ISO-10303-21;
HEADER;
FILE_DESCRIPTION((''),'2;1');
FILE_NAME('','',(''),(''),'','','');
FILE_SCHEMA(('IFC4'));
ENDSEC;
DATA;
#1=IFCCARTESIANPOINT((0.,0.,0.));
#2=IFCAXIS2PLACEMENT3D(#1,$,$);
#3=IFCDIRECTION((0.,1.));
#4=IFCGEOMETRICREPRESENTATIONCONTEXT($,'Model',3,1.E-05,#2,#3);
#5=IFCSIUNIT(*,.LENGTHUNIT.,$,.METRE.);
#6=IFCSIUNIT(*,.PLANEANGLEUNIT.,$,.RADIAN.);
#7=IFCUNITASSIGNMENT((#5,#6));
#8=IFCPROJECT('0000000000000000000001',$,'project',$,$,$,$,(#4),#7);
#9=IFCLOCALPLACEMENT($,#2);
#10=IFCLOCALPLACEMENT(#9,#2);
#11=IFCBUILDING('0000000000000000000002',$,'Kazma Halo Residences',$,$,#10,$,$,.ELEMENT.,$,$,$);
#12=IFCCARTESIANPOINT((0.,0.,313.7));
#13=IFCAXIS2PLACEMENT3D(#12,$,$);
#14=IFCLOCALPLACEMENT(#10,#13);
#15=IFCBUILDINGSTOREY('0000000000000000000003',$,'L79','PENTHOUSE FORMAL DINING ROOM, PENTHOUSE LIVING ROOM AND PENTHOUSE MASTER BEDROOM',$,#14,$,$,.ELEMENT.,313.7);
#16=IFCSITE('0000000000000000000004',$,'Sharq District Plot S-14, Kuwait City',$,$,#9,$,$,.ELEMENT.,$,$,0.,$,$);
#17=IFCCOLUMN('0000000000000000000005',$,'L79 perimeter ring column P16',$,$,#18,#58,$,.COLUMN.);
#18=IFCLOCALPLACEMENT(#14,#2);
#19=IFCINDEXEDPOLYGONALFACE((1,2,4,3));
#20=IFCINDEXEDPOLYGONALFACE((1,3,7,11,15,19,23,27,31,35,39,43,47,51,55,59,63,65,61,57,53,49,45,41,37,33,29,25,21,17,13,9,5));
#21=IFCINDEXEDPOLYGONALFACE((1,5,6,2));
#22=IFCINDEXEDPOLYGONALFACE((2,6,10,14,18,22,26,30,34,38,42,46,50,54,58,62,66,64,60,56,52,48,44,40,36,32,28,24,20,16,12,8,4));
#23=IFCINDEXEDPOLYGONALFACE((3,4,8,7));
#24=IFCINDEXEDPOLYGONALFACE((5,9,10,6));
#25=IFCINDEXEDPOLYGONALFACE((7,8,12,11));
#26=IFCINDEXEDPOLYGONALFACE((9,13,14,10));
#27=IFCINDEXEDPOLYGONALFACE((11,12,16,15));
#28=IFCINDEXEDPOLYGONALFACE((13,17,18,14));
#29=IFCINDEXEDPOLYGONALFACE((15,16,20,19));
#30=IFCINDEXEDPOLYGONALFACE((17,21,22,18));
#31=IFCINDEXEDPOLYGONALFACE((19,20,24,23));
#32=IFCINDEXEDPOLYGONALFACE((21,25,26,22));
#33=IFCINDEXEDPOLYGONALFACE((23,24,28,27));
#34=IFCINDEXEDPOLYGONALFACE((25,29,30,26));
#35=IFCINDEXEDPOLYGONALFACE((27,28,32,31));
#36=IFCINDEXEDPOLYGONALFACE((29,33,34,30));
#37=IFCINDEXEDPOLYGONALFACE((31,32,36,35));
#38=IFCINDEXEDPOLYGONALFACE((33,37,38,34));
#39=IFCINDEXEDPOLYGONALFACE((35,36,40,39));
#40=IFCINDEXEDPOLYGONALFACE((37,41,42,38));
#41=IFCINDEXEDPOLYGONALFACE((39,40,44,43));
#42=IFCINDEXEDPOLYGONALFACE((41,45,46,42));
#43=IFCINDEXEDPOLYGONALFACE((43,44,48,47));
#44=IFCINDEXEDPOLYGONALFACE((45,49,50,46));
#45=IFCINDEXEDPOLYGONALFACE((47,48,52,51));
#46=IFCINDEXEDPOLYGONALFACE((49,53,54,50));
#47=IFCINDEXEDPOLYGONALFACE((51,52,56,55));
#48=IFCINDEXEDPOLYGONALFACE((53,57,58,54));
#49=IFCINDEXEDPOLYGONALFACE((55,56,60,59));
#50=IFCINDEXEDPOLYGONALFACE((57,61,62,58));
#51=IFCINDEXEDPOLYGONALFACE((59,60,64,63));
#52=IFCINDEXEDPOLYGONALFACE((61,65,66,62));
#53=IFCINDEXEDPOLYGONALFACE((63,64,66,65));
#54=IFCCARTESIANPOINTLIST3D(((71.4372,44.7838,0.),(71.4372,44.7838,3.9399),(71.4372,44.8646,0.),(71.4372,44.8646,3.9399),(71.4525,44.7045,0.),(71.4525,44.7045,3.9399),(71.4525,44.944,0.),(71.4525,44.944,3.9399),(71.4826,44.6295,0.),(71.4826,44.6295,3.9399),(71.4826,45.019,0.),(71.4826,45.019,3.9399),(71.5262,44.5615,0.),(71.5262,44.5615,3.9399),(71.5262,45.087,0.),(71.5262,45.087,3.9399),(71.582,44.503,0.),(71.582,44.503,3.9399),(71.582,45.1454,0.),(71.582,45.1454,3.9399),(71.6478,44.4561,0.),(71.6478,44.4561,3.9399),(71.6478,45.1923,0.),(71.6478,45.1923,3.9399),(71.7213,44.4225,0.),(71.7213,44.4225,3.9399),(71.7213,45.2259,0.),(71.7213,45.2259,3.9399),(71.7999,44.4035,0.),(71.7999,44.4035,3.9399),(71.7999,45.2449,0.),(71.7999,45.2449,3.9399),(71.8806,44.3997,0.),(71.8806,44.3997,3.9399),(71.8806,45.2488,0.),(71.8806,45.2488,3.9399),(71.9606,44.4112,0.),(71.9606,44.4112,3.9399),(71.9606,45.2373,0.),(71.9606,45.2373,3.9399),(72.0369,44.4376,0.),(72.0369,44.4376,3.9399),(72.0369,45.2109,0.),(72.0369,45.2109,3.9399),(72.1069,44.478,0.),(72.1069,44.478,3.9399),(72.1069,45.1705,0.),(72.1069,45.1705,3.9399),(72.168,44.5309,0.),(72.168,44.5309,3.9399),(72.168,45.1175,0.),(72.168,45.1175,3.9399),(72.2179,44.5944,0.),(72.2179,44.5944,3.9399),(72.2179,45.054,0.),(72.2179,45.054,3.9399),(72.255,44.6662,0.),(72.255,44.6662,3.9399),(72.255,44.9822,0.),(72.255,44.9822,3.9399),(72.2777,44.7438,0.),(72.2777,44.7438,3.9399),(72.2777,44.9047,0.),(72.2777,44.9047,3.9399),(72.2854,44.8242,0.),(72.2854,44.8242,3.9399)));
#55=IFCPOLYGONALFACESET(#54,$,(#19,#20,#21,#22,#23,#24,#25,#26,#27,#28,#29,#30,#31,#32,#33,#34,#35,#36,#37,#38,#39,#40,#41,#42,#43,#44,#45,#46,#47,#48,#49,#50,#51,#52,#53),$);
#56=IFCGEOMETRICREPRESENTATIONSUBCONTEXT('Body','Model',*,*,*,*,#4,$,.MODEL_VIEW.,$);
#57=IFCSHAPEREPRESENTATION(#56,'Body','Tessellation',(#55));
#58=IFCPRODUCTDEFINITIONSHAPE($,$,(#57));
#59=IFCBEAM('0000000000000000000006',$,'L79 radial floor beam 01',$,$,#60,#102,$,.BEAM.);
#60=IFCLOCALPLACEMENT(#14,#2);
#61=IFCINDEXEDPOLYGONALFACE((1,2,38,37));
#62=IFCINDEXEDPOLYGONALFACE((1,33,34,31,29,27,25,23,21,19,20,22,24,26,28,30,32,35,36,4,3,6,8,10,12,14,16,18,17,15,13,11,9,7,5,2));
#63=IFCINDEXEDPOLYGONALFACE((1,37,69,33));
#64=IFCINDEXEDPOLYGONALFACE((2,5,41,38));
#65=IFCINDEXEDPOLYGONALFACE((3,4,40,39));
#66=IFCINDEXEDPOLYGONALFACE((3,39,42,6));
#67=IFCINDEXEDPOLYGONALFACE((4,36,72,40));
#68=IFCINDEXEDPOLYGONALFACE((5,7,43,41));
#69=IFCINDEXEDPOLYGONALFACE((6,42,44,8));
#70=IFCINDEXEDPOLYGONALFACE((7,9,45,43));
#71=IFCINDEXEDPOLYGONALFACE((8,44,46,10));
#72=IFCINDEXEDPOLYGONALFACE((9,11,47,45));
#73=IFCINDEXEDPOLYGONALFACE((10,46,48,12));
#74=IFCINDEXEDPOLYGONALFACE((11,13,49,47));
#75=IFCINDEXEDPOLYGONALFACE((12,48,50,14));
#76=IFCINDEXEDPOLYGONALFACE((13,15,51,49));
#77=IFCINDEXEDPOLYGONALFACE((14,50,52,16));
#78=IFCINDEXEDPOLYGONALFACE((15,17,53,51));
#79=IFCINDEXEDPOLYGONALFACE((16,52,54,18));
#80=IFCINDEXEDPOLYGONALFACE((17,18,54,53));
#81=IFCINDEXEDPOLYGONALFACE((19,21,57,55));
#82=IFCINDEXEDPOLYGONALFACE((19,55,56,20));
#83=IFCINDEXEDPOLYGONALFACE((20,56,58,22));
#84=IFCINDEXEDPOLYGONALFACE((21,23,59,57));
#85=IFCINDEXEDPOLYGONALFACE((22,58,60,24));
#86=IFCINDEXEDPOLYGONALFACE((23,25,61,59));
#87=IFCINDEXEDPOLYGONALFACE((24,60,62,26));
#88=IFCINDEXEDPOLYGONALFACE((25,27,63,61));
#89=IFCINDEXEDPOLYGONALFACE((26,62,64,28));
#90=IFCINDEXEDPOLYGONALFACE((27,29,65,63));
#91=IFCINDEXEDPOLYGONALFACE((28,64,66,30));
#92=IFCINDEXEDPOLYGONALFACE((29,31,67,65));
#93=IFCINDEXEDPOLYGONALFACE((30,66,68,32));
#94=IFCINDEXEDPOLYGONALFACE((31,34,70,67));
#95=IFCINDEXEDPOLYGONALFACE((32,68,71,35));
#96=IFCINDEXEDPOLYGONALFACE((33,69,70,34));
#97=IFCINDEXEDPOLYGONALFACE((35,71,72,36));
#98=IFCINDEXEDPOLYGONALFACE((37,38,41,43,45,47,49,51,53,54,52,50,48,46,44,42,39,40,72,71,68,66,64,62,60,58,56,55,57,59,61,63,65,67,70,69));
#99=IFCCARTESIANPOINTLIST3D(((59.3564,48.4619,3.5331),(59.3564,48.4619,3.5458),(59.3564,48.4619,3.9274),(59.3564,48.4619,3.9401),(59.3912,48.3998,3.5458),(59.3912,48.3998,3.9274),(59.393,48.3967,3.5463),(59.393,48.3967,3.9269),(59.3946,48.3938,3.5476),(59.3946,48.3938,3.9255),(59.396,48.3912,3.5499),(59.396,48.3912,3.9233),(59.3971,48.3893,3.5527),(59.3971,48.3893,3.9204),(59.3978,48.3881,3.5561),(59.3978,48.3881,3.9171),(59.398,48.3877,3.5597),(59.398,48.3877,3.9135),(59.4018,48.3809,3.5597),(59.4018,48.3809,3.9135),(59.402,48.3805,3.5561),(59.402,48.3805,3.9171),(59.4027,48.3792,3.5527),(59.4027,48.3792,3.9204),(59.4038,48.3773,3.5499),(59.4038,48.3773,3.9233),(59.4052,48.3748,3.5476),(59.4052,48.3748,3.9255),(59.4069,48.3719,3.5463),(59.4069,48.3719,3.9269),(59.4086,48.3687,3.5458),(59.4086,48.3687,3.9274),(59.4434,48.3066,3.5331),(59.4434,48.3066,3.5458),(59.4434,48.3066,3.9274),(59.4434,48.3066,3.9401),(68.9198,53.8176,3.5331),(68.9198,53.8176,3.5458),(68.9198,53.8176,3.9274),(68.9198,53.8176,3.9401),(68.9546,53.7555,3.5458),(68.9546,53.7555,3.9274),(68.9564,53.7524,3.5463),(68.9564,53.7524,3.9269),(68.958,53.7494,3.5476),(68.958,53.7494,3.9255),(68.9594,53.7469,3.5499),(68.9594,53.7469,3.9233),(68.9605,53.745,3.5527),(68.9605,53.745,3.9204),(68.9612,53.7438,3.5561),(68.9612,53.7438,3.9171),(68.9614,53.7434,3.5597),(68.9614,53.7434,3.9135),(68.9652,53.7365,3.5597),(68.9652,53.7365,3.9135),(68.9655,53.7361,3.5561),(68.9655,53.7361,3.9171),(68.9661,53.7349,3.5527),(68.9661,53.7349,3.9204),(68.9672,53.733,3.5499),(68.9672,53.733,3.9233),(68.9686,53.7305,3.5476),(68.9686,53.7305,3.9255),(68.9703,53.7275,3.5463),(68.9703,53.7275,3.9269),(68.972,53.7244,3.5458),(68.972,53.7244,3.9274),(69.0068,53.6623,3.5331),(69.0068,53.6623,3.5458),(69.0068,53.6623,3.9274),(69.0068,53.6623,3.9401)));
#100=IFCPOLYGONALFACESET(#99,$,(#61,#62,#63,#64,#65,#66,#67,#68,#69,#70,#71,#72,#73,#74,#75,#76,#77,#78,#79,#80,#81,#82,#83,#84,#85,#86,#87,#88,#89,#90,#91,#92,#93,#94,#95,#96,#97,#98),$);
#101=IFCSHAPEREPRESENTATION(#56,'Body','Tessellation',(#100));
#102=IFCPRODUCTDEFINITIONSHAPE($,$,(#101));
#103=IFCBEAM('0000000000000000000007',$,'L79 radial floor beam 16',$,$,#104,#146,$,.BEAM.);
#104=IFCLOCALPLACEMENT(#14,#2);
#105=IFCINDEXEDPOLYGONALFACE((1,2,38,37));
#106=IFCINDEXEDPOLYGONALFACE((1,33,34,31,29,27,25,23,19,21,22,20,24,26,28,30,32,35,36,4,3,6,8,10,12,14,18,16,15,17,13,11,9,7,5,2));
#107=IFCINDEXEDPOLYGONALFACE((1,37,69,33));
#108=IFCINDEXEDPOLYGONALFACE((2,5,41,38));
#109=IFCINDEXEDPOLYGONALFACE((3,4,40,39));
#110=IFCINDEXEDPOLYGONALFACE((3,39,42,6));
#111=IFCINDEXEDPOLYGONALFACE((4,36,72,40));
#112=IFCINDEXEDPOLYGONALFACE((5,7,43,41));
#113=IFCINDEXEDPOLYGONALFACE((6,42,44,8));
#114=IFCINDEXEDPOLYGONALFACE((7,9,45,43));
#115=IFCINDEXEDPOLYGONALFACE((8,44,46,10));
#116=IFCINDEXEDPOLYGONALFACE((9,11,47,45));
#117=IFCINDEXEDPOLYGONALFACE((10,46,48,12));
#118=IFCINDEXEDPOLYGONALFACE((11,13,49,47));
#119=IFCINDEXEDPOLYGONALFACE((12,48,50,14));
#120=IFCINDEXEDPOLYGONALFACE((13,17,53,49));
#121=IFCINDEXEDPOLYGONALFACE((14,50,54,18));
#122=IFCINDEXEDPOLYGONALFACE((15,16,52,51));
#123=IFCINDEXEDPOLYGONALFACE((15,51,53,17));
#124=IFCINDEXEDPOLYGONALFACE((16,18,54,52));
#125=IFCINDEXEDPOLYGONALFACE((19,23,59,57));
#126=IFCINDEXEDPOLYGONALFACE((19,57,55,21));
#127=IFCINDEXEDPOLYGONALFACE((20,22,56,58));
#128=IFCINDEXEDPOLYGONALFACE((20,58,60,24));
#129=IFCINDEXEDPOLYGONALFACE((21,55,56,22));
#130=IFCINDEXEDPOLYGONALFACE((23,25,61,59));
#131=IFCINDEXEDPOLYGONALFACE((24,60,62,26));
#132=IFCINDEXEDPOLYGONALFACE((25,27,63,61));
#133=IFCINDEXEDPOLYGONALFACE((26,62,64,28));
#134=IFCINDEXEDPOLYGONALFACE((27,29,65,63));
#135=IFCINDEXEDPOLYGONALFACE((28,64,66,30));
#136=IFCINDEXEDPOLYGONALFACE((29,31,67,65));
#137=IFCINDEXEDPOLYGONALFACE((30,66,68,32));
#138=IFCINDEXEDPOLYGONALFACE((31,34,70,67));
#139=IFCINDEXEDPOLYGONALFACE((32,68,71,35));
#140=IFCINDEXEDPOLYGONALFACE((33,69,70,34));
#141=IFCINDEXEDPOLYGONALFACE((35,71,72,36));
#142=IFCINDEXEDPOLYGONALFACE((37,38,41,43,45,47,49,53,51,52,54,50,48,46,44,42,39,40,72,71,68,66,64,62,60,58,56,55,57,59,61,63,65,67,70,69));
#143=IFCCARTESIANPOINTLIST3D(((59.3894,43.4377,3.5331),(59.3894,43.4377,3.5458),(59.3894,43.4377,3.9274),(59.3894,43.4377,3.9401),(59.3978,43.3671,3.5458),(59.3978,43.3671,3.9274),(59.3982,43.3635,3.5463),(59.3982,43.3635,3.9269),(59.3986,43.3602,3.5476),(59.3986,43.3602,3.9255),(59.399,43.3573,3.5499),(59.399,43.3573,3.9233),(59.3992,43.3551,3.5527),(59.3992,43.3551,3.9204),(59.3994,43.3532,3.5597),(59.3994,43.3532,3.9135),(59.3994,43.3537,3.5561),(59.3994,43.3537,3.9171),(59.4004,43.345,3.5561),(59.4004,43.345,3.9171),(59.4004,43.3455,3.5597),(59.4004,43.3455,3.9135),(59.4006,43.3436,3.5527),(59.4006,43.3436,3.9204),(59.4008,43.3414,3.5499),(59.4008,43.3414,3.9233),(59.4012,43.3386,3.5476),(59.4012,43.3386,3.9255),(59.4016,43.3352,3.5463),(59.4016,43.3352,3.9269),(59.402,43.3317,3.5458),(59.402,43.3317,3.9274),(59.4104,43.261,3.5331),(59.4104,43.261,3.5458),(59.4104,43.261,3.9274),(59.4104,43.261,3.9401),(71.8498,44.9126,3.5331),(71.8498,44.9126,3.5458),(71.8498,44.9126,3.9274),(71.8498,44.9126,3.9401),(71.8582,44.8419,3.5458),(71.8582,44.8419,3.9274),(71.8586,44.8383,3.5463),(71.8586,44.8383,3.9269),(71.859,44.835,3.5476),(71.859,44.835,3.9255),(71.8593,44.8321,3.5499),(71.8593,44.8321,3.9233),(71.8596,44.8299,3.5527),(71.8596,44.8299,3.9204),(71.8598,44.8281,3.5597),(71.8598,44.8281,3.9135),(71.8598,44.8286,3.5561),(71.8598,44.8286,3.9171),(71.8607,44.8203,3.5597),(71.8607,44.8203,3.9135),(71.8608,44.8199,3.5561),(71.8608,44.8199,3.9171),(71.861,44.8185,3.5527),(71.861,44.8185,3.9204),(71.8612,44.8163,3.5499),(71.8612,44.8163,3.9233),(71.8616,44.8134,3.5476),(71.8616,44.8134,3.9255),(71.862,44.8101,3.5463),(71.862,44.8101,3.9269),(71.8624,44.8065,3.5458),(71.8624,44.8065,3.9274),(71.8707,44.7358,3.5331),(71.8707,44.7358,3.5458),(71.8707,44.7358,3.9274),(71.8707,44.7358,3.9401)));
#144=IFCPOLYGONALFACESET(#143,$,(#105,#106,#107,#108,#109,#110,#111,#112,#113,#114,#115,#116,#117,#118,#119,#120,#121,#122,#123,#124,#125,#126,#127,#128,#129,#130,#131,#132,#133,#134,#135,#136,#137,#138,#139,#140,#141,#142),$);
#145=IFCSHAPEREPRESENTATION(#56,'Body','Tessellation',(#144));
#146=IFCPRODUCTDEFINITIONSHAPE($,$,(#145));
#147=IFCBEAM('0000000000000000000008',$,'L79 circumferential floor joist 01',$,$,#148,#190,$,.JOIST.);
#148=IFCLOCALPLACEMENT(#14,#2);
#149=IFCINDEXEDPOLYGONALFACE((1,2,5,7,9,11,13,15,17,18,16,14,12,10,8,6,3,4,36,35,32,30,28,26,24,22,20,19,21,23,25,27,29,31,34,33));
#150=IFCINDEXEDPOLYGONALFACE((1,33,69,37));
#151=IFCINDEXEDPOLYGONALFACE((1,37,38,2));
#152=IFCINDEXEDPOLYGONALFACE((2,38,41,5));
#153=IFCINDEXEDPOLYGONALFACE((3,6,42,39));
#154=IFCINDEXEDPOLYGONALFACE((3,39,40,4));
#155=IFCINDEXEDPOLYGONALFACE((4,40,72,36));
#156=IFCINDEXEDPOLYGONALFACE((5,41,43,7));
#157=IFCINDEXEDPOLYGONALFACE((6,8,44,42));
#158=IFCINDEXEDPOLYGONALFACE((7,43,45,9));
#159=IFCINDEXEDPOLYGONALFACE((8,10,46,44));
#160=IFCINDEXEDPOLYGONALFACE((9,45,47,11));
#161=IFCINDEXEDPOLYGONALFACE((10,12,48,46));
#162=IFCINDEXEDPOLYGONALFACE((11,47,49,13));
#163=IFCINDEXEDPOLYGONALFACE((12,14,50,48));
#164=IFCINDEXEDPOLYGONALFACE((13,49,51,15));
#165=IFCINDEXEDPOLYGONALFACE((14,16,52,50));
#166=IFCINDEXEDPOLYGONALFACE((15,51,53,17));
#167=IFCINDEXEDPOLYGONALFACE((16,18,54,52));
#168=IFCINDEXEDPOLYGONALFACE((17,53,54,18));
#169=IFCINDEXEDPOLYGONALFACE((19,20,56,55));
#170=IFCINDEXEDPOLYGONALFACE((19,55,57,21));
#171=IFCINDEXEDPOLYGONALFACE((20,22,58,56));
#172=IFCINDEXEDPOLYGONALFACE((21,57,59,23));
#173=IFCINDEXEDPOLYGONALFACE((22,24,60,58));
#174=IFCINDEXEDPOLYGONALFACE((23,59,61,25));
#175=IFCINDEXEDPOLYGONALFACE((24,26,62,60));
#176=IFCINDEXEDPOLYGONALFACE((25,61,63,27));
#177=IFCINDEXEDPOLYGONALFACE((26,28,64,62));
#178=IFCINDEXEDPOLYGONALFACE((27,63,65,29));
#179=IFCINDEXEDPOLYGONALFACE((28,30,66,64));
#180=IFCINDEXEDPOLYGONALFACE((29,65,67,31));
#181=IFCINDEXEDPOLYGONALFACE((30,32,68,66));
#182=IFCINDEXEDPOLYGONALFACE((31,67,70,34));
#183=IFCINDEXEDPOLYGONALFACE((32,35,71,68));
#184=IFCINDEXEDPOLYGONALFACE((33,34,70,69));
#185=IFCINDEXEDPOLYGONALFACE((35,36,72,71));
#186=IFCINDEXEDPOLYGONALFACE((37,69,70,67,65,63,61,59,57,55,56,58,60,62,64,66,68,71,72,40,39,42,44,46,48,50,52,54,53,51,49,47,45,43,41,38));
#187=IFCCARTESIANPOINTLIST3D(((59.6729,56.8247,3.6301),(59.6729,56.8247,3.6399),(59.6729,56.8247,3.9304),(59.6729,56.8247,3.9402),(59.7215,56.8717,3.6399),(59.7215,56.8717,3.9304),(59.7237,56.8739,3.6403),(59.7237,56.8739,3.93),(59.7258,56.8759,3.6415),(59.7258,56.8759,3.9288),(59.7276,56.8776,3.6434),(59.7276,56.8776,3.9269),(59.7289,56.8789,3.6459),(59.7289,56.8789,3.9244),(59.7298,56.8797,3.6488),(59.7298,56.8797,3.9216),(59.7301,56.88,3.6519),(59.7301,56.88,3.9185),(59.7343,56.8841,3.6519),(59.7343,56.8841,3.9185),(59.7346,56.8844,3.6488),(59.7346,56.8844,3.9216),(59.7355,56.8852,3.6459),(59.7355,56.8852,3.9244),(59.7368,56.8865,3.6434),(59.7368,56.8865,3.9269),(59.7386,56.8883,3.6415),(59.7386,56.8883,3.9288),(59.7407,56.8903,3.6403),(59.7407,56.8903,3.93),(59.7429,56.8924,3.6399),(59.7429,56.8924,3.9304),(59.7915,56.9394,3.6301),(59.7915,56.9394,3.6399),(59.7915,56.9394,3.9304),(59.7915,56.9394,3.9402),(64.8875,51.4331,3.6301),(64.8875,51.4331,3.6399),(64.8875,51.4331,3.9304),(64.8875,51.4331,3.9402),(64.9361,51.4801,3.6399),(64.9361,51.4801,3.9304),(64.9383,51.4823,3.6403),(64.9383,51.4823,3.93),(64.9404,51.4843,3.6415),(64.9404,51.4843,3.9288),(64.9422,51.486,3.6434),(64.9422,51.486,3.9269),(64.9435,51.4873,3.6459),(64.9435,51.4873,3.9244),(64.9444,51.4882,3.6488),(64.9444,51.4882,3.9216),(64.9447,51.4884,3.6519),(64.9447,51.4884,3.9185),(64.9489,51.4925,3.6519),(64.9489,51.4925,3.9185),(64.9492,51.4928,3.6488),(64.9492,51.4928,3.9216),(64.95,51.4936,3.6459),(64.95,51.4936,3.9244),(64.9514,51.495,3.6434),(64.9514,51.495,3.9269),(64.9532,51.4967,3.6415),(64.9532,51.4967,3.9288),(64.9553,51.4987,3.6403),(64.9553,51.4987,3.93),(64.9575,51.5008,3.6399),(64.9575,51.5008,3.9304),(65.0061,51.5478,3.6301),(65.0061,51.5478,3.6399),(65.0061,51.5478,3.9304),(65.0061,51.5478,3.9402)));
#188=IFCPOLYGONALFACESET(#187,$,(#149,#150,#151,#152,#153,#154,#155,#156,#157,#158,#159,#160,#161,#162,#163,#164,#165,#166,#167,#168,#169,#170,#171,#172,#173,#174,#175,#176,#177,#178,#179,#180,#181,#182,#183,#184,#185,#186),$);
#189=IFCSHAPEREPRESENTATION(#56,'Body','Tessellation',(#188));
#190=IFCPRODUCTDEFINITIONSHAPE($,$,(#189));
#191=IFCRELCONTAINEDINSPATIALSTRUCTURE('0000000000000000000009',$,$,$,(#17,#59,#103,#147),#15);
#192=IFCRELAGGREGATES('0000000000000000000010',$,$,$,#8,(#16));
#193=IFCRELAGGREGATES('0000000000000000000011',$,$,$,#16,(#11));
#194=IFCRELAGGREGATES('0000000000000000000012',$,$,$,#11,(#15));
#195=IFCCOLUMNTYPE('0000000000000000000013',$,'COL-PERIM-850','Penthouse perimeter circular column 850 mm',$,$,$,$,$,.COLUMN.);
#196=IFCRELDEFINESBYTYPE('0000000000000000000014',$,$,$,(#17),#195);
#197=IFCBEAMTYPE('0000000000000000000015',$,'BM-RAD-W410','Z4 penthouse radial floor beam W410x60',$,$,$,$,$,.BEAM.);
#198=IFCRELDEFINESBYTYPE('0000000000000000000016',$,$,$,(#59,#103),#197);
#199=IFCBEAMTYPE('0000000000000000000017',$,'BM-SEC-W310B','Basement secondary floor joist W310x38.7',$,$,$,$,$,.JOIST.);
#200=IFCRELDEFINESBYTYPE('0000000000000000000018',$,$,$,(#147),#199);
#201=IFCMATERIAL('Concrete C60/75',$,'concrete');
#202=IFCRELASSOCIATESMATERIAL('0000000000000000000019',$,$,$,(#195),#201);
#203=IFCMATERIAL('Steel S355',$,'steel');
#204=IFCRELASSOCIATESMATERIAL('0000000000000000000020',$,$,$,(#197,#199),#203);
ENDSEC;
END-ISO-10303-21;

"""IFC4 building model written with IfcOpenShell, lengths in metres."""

from ifc_helpers import new_model, si_unit, direction, frame, origin, origin_2d, place, context, subcontext, project, spatial, circle, i_section, extrude, material, material_profile, profile_set, type_object, element, save


model = new_model("IFC4")

# Units and contexts
model_context = context("Model", 3, precision=1e-05, world=origin(), true_north=direction((0.0, 1.0)))
body_context = subcontext(model_context, "Body", "Model", "MODEL_VIEW")
ifc_project = project(units=[si_unit("LENGTHUNIT", "METRE"), si_unit("PLANEANGLEUNIT", "RADIAN")], contexts=[model_context])

# Site, building, storey
site_placement = place(None, origin())
site = spatial("IfcSite", under=ifc_project, at=site_placement, Name="Sharq District Plot S-14, Kuwait City", CompositionType="ELEMENT", RefElevation=0.0)
building_placement = place(site_placement, origin())
building = spatial("IfcBuilding", under=site, at=building_placement, Name="Kazma Halo Residences", CompositionType="ELEMENT")
storey_placement = place(building_placement, frame((0.0, 0.0, 313.7)))
storey = spatial("IfcBuildingStorey", under=building, at=storey_placement, Name="L79", Description="PENTHOUSE FORMAL DINING ROOM, PENTHOUSE LIVING ROOM AND PENTHOUSE MASTER BEDROOM", CompositionType="ELEMENT", Elevation=313.7)

# Column
ifc_material_1 = material(Name="Concrete C60/75", Category="concrete")
ifc_material_profile_1 = material_profile(ifc_material_1, circle(Radius=0.425, at=origin_2d()), Name="CIRC850")
ifc_profile_set_1 = profile_set([ifc_material_profile_1], Name="Concrete C60/75")
column_type = type_object("IfcColumnType", Name="COL-PERIM-850", Description="Penthouse perimeter circular column 850 mm", PredefinedType="COLUMN", material=ifc_profile_set_1)
column_placement = place(storey_placement, frame((71.8604, 44.8242, 0.0), z_axis=(0.0, 0.0, 1.0), x_axis=(1.0, 0.0, 0.0)))
element("IfcColumn", 1, at=column_placement, inside=storey, type_object=column_type, Name="L79 perimeter ring column P16", PredefinedType="COLUMN", context=body_context, shape_type="SweptSolid", body=[
    extrude(circle(Radius=0.425, at=origin_2d()), origin(), (0.0, 0.0, 1.0), 3.9399),
])

# Beams
ifc_material_2 = material(Name="Steel S355", Category="steel")
ifc_material_profile_2 = material_profile(ifc_material_2, i_section(OverallWidth=0.178, OverallDepth=0.407, WebThickness=0.0078, FlangeThickness=0.0127, FilletRadius=0.0139, at=origin_2d()), Name="W410x60")
ifc_profile_set_2 = profile_set([ifc_material_profile_2], Name="Steel S355")
beam_type_1 = type_object("IfcBeamType", Name="BM-RAD-W410", Description="Z4 penthouse radial floor beam W410x60", PredefinedType="BEAM", material=ifc_profile_set_2)
beam_1_placement = place(storey_placement, frame((59.3999, 48.3843, 3.7366), z_axis=(0.8725, 0.488615, 0.0), x_axis=(-0.488615, 0.8725, 0.0)))
element("IfcBeam", 2, at=beam_1_placement, inside=storey, type_object=beam_type_1, Name="L79 radial floor beam 01", PredefinedType="BEAM", context=body_context, shape_type="SweptSolid", body=[
    extrude(i_section(OverallWidth=0.178, OverallDepth=0.407, WebThickness=0.0078, FlangeThickness=0.0127, FilletRadius=0.0139, at=origin_2d()), origin(), (0.0, 0.0, 1.0), 10.9609),
])
beam_2_placement = place(storey_placement, frame((59.3999, 43.3494, 3.7366), z_axis=(0.993068, 0.117542, 0.0), x_axis=(-0.117542, 0.993068, 0.0)))
element("IfcBeam", 3, at=beam_2_placement, inside=storey, type_object=beam_type_1, Name="L79 radial floor beam 16", PredefinedType="BEAM", context=body_context, shape_type="SweptSolid", body=[
    extrude(i_section(OverallWidth=0.178, OverallDepth=0.407, WebThickness=0.0078, FlangeThickness=0.0127, FilletRadius=0.0139, at=origin_2d()), origin(), (0.0, 0.0, 1.0), 12.5474),
])
ifc_material_profile_3 = material_profile(ifc_material_2, i_section(OverallWidth=0.165, OverallDepth=0.3101, WebThickness=0.0059, FlangeThickness=0.0098, FilletRadius=0.012, at=origin_2d()), Name="W310x38.7")
ifc_profile_set_3 = profile_set([ifc_material_profile_3], Name="Steel S355")
beam_type_2 = type_object("IfcBeamType", Name="BM-SEC-W310B", Description="Basement secondary floor joist W310x38.7", PredefinedType="JOIST", material=ifc_profile_set_3)
beam_3_placement = place(storey_placement, frame((64.9468, 51.4905, 3.7852), z_axis=(-0.695209, 0.718807, 0.0), x_axis=(-0.718807, -0.695209, 0.0)))
element("IfcBeam", 4, at=beam_3_placement, inside=storey, type_object=beam_type_2, Name="L79 circumferential floor joist 01", PredefinedType="JOIST", context=body_context, shape_type="SweptSolid", body=[
    extrude(i_section(OverallWidth=0.165, OverallDepth=0.3101, WebThickness=0.0059, FlangeThickness=0.0098, FilletRadius=0.012, at=origin_2d()), origin(), (0.0, 0.0, 1.0), 7.5007),
])

save(model, "model.ifc")
